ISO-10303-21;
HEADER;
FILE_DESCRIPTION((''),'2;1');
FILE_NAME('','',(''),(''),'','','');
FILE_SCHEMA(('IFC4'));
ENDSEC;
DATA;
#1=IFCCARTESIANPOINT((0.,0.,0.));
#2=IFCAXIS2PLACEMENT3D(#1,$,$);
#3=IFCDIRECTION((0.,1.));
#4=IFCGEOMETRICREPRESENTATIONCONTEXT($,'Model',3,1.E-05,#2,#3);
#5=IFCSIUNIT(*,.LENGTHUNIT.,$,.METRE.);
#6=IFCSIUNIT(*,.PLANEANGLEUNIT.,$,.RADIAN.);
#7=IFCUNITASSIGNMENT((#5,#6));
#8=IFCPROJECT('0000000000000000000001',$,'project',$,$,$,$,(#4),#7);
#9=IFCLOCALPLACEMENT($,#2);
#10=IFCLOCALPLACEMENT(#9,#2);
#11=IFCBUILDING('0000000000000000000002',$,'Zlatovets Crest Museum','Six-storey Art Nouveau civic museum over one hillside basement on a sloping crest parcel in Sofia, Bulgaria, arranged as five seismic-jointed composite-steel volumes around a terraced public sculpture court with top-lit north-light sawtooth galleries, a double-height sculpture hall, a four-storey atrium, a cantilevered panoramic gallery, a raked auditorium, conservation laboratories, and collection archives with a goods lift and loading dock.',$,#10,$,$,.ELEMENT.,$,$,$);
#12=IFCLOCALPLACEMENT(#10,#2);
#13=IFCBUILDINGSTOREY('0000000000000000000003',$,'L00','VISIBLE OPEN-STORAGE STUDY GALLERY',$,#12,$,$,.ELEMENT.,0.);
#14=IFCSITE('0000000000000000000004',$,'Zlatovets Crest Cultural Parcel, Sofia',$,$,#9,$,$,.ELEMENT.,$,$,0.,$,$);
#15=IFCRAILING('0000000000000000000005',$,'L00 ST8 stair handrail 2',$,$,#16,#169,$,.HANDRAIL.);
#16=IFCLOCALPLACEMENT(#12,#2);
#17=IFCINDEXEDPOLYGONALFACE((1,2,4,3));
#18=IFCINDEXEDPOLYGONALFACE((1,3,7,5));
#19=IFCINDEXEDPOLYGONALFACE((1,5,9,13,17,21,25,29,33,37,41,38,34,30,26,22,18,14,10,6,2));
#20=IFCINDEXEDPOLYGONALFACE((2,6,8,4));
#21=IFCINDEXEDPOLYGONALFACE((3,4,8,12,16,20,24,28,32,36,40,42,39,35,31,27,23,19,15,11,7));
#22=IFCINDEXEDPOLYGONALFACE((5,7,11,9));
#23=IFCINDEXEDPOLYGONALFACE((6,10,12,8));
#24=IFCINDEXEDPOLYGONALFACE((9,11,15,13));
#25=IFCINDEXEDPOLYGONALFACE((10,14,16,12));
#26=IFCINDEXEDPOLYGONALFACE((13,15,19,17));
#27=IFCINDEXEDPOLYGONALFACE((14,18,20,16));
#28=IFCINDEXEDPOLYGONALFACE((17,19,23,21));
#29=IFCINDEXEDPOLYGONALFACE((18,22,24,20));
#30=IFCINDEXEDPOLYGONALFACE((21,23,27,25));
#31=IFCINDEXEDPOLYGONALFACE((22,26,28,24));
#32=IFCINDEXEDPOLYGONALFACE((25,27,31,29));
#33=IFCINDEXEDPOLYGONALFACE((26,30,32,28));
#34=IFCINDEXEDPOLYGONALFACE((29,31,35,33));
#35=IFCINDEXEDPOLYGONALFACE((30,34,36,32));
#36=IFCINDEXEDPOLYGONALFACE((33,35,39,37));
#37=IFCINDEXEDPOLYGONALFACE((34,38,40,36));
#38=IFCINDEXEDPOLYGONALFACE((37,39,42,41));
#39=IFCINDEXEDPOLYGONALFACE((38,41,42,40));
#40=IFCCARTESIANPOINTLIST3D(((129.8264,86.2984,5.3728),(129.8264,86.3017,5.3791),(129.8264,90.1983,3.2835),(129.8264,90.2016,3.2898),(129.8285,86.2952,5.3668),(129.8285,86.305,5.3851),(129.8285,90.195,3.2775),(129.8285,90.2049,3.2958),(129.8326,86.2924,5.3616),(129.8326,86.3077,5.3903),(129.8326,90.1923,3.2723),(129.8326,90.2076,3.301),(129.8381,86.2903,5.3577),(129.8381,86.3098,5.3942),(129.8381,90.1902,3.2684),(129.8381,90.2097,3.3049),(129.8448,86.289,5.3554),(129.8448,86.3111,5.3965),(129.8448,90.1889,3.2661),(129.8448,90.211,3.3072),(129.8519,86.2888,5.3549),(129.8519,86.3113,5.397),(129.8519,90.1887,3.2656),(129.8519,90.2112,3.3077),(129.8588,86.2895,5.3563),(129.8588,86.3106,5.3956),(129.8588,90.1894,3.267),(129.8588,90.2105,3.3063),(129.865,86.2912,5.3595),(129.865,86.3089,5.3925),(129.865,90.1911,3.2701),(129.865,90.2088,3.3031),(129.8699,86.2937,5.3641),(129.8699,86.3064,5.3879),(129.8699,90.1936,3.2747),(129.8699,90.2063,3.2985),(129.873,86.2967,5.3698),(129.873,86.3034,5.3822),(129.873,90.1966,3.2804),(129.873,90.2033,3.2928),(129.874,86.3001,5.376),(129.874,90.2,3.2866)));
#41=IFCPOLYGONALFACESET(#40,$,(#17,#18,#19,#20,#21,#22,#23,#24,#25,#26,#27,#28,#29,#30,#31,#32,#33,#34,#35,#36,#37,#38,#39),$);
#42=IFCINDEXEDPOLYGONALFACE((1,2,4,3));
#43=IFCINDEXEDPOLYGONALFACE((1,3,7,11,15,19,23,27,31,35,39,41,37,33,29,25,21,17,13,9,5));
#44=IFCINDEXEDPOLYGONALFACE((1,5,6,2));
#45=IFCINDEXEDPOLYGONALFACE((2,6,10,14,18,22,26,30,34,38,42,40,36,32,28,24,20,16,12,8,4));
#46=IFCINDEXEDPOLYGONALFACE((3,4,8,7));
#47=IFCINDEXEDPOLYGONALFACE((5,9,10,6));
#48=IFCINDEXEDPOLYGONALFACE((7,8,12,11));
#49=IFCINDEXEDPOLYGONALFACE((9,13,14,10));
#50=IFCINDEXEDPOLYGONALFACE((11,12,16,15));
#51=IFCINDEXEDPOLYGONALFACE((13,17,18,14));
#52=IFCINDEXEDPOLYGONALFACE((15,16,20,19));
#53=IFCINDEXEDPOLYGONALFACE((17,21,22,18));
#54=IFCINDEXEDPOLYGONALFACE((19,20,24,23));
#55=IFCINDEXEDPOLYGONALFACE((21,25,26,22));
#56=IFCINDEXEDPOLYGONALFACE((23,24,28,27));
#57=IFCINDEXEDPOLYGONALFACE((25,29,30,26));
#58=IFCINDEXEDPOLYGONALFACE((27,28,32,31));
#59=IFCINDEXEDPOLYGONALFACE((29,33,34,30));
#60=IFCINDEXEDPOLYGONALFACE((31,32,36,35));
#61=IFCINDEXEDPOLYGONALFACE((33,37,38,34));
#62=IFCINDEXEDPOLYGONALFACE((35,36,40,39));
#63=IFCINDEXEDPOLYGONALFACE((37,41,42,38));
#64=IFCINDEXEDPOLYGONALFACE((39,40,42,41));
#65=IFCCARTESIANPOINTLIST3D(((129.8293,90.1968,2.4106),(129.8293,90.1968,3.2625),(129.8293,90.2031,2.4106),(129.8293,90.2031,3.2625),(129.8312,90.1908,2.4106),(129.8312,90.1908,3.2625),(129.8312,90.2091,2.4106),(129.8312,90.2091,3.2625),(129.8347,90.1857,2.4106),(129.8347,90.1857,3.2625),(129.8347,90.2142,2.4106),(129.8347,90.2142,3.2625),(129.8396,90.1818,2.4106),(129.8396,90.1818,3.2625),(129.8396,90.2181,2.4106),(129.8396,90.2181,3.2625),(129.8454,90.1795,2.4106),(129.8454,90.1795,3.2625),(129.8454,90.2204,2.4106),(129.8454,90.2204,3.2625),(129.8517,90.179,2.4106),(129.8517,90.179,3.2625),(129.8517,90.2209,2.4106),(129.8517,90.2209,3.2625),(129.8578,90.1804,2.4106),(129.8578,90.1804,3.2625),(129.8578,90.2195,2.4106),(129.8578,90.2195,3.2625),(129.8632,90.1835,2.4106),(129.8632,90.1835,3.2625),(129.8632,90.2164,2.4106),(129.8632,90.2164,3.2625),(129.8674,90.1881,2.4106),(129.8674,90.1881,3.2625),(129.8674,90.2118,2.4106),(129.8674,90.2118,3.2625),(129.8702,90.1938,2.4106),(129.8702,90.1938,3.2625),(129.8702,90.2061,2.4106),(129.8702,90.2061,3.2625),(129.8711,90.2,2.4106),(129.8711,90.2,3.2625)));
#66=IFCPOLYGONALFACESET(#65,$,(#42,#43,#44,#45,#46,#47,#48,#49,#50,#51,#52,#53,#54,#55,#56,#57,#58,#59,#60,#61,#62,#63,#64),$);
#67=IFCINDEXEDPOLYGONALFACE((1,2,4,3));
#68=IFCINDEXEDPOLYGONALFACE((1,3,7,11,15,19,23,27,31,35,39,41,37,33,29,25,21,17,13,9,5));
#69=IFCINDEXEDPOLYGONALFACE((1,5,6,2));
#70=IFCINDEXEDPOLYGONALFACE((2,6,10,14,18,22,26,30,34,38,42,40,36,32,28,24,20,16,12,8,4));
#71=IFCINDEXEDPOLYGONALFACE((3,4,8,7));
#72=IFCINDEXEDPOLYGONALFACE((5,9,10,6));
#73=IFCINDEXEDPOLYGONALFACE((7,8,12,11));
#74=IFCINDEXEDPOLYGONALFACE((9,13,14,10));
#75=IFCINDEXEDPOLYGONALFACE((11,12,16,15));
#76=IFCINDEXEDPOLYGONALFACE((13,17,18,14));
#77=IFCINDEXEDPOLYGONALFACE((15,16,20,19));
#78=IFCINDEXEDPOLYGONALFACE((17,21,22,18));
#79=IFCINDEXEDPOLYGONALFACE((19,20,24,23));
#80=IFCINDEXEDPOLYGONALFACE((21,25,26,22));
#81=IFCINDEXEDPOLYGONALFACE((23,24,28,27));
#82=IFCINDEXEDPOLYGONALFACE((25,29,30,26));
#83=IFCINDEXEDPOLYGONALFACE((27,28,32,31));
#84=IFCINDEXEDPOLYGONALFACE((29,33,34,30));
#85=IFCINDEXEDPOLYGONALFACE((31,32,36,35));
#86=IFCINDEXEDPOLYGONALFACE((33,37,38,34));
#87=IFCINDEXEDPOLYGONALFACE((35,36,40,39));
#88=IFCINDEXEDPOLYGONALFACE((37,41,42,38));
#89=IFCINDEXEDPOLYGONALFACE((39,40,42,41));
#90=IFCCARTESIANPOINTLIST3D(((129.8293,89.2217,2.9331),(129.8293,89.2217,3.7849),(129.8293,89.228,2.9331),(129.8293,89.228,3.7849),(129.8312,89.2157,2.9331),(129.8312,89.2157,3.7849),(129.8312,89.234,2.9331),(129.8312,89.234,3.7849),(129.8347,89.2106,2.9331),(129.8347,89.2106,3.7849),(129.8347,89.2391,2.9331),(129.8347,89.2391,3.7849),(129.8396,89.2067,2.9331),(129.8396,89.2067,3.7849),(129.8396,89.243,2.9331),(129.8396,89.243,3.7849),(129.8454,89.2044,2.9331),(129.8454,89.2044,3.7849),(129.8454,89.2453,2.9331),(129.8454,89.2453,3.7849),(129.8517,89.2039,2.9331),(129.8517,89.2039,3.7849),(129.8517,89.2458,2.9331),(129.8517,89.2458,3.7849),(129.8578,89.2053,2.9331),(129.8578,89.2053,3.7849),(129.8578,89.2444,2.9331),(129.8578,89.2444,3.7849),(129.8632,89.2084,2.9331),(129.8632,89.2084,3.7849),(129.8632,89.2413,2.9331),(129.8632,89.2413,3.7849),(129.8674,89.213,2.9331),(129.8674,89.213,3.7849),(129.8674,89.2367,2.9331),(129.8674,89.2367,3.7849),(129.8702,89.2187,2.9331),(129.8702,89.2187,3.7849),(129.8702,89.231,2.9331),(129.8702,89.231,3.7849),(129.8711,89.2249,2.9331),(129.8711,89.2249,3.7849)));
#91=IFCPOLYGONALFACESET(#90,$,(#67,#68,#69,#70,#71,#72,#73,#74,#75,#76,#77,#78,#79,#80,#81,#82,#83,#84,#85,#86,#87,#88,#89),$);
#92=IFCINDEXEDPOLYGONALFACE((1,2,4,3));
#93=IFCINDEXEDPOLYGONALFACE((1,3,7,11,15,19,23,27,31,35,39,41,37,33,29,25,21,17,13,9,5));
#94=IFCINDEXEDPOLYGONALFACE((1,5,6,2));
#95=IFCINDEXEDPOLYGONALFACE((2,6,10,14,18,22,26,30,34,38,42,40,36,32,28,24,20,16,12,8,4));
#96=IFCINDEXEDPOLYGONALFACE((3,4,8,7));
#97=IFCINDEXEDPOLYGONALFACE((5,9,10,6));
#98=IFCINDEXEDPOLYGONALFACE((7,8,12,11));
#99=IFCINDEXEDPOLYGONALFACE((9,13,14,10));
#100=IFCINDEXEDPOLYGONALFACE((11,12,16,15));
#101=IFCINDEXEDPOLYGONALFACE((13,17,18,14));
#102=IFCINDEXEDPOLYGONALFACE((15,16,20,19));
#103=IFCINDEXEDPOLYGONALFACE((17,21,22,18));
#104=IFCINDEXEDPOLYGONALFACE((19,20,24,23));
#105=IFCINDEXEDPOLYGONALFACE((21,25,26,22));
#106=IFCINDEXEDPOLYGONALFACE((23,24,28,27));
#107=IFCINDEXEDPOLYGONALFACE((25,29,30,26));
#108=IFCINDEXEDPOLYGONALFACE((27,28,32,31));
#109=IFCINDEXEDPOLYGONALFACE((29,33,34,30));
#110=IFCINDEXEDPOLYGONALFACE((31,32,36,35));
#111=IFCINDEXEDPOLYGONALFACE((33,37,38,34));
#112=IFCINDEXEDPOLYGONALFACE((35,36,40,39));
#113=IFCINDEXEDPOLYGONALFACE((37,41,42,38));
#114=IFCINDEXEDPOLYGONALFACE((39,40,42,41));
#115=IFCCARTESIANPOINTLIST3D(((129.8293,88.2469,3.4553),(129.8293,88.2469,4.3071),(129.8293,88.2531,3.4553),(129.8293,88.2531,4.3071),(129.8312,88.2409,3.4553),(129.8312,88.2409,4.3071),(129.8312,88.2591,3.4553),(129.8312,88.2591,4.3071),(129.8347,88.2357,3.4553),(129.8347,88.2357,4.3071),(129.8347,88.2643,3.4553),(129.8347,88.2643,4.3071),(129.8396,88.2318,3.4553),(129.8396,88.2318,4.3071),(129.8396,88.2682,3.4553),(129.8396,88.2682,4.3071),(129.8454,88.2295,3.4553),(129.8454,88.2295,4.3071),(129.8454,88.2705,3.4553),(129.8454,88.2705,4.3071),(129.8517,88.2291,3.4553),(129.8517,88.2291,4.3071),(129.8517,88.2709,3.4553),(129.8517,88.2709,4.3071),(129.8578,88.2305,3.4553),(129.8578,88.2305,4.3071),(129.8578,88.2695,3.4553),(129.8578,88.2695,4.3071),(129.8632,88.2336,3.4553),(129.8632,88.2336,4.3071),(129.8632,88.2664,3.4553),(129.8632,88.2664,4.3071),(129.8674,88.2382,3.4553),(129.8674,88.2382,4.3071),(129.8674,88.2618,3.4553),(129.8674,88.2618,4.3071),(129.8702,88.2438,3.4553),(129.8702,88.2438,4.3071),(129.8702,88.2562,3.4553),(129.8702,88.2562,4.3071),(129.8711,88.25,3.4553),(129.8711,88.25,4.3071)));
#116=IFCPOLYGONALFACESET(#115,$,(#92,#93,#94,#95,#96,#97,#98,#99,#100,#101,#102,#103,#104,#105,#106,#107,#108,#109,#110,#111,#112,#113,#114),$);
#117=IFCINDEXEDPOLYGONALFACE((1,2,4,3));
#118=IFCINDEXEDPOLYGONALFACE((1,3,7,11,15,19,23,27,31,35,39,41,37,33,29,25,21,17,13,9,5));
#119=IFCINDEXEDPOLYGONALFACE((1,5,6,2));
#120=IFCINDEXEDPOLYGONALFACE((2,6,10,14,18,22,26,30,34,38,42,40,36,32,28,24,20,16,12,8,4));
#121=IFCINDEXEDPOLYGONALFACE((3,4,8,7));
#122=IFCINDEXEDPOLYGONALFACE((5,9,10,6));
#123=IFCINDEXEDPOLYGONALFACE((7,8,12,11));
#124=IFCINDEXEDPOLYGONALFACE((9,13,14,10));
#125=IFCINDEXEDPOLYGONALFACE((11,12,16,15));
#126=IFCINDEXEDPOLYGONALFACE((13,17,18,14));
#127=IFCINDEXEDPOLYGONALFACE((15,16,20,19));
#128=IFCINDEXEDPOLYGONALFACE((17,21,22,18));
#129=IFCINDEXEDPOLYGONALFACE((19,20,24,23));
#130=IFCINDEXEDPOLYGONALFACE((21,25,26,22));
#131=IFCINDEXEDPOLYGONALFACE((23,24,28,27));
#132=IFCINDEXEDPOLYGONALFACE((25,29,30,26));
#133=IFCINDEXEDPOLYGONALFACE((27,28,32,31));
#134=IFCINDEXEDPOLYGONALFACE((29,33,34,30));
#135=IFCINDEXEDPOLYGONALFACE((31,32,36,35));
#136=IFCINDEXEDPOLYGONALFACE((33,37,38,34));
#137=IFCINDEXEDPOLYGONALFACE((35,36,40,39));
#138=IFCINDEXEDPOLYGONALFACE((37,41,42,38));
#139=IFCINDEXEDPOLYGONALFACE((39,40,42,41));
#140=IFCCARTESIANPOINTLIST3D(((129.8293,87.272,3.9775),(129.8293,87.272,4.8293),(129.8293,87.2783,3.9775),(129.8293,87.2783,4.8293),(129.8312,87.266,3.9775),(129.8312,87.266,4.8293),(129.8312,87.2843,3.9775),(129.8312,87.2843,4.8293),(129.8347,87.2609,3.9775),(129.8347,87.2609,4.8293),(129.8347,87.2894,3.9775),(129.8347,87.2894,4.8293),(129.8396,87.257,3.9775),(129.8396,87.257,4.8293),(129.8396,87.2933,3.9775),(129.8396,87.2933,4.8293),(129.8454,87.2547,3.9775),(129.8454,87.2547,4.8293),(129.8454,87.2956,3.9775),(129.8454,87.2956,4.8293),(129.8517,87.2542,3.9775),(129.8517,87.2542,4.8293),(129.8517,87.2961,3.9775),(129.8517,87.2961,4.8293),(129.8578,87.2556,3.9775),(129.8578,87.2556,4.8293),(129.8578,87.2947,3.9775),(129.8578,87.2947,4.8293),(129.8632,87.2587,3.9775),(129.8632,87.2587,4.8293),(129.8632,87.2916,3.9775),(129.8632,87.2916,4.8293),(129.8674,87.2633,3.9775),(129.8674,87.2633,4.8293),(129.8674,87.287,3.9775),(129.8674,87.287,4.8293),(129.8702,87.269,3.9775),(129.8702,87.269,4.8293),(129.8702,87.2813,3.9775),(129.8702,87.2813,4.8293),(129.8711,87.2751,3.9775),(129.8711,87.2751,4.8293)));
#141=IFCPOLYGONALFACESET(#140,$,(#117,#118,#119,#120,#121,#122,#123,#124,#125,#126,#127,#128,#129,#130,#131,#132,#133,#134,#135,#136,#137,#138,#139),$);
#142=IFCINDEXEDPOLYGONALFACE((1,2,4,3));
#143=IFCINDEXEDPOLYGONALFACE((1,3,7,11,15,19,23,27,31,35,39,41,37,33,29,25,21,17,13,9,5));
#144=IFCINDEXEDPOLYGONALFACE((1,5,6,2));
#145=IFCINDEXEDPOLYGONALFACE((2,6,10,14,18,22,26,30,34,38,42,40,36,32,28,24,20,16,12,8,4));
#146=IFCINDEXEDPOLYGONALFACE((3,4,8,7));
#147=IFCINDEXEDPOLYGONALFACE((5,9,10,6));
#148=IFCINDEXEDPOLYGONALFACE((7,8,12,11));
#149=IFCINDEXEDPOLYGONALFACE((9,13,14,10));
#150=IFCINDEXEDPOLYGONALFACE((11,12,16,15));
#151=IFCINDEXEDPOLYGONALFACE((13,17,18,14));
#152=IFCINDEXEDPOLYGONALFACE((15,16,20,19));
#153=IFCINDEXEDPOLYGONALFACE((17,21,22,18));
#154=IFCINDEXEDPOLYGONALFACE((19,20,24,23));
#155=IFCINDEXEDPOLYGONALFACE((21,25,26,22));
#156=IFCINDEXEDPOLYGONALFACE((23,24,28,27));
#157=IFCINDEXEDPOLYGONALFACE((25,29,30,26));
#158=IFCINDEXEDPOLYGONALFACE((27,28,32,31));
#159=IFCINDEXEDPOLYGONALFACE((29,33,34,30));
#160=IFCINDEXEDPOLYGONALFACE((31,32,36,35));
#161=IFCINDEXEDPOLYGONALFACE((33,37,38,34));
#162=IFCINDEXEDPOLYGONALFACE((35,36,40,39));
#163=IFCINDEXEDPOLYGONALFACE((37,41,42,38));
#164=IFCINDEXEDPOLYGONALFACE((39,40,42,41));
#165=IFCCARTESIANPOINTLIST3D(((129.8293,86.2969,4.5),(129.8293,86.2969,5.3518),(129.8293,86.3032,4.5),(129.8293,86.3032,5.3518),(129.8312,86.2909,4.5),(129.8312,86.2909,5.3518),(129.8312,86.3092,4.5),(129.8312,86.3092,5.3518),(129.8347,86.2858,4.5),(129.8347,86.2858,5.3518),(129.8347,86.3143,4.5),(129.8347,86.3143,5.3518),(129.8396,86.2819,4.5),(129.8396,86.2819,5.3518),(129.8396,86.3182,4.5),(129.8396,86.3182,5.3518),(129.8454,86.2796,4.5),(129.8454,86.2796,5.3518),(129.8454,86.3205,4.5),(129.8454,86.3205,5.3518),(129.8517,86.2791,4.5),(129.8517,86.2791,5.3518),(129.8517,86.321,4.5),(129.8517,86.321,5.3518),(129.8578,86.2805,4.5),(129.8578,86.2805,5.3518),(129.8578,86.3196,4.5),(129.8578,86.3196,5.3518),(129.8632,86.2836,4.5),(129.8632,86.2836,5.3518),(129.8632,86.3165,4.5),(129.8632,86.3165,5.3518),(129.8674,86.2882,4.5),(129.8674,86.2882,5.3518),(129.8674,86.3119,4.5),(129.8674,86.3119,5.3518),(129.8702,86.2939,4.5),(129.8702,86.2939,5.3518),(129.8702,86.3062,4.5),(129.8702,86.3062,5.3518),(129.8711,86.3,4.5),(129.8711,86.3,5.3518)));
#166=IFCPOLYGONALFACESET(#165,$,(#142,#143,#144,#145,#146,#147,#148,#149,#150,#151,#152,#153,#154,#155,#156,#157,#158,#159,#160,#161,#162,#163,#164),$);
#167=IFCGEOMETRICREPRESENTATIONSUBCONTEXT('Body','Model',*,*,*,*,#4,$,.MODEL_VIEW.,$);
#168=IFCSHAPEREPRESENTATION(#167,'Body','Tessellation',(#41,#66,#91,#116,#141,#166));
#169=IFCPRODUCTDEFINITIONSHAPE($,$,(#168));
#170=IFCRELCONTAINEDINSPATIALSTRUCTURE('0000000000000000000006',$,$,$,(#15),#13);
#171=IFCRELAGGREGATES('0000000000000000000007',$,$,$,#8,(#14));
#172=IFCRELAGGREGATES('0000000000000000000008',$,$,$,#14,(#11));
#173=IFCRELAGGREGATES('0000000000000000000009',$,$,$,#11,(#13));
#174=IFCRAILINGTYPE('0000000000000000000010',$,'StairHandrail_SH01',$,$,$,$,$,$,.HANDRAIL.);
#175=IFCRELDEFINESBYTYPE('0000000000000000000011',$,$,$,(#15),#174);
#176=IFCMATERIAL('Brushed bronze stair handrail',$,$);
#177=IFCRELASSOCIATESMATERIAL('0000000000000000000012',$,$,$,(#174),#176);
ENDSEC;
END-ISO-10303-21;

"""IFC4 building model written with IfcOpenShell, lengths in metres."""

from ifc_helpers import new_model, si_unit, direction, frame, origin, origin_2d, place, context, subcontext, project, spatial, circle, extrude, material, type_object, element, save


model = new_model("IFC4")

# Units and contexts
model_context = context("Model", 3, precision=1e-05, world=origin(), true_north=direction((0.0, 1.0)))
body_context = subcontext(model_context, "Body", "Model", "MODEL_VIEW")
ifc_project = project(units=[si_unit("LENGTHUNIT", "METRE"), si_unit("PLANEANGLEUNIT", "RADIAN")], contexts=[model_context])

# Site, building, storey
site_placement = place(None, origin())
site = spatial("IfcSite", under=ifc_project, at=site_placement, Name="Zlatovets Crest Cultural Parcel, Sofia", CompositionType="ELEMENT", RefElevation=0.0)
building_placement = place(site_placement, origin())
building = spatial("IfcBuilding", under=site, at=building_placement, Name="Zlatovets Crest Museum", Description="Six-storey Art Nouveau civic museum over one hillside basement on a sloping crest parcel in Sofia, Bulgaria, arranged as five seismic-jointed composite-steel volumes around a terraced public sculpture court with top-lit north-light sawtooth galleries, a double-height sculpture hall, a four-storey atrium, a cantilevered panoramic gallery, a raked auditorium, conservation laboratories, and collection archives with a goods lift and loading dock.", CompositionType="ELEMENT")
storey_placement = place(building_placement, origin())
storey = spatial("IfcBuildingStorey", under=building, at=storey_placement, Name="L00", Description="VISIBLE OPEN-STORAGE STUDY GALLERY", CompositionType="ELEMENT", Elevation=0.0)

# Railing
ifc_material_1 = material(Name="Brushed bronze stair handrail")
railing_type_1 = type_object("IfcRailingType", Name="StairHandrail_SH01", PredefinedType="HANDRAIL", material=ifc_material_1)
railing_1_placement = place(storey_placement, frame((129.8501, 90.2, 2.4106)))
element("IfcRailing", 1, at=railing_1_placement, inside=storey, type_object=railing_type_1, Name="L00 ST8 stair handrail 2", PredefinedType="HANDRAIL", context=body_context, shape_type="SweptSolid", body=[
    extrude(circle(Radius=0.0239, at=origin_2d()), frame((0.0, 0.0, 0.876), z_axis=(0.0, -0.881468, 0.472243), x_axis=(1.0, 0.0, 0.0)), (0.0, 0.0, 1.0), 4.4243),
    extrude(circle(Radius=0.021, at=origin_2d()), origin(), (0.0, 0.0, 1.0), 0.8518),
    extrude(circle(Radius=0.021, at=origin_2d()), frame((0.0, -0.9751, 0.5225)), (0.0, 0.0, 1.0), 0.8518),
    extrude(circle(Radius=0.021, at=origin_2d()), frame((0.0, -1.95, 1.0447)), (0.0, 0.0, 1.0), 0.8518),
    extrude(circle(Radius=0.021, at=origin_2d()), frame((0.0, -2.9248, 1.5669)), (0.0, 0.0, 1.0), 0.8518),
    extrude(circle(Radius=0.021, at=origin_2d()), frame((0.0, -3.8999, 2.0894)), (0.0, 0.0, 1.0), 0.8518),
])

save(model, "model.ifc")
